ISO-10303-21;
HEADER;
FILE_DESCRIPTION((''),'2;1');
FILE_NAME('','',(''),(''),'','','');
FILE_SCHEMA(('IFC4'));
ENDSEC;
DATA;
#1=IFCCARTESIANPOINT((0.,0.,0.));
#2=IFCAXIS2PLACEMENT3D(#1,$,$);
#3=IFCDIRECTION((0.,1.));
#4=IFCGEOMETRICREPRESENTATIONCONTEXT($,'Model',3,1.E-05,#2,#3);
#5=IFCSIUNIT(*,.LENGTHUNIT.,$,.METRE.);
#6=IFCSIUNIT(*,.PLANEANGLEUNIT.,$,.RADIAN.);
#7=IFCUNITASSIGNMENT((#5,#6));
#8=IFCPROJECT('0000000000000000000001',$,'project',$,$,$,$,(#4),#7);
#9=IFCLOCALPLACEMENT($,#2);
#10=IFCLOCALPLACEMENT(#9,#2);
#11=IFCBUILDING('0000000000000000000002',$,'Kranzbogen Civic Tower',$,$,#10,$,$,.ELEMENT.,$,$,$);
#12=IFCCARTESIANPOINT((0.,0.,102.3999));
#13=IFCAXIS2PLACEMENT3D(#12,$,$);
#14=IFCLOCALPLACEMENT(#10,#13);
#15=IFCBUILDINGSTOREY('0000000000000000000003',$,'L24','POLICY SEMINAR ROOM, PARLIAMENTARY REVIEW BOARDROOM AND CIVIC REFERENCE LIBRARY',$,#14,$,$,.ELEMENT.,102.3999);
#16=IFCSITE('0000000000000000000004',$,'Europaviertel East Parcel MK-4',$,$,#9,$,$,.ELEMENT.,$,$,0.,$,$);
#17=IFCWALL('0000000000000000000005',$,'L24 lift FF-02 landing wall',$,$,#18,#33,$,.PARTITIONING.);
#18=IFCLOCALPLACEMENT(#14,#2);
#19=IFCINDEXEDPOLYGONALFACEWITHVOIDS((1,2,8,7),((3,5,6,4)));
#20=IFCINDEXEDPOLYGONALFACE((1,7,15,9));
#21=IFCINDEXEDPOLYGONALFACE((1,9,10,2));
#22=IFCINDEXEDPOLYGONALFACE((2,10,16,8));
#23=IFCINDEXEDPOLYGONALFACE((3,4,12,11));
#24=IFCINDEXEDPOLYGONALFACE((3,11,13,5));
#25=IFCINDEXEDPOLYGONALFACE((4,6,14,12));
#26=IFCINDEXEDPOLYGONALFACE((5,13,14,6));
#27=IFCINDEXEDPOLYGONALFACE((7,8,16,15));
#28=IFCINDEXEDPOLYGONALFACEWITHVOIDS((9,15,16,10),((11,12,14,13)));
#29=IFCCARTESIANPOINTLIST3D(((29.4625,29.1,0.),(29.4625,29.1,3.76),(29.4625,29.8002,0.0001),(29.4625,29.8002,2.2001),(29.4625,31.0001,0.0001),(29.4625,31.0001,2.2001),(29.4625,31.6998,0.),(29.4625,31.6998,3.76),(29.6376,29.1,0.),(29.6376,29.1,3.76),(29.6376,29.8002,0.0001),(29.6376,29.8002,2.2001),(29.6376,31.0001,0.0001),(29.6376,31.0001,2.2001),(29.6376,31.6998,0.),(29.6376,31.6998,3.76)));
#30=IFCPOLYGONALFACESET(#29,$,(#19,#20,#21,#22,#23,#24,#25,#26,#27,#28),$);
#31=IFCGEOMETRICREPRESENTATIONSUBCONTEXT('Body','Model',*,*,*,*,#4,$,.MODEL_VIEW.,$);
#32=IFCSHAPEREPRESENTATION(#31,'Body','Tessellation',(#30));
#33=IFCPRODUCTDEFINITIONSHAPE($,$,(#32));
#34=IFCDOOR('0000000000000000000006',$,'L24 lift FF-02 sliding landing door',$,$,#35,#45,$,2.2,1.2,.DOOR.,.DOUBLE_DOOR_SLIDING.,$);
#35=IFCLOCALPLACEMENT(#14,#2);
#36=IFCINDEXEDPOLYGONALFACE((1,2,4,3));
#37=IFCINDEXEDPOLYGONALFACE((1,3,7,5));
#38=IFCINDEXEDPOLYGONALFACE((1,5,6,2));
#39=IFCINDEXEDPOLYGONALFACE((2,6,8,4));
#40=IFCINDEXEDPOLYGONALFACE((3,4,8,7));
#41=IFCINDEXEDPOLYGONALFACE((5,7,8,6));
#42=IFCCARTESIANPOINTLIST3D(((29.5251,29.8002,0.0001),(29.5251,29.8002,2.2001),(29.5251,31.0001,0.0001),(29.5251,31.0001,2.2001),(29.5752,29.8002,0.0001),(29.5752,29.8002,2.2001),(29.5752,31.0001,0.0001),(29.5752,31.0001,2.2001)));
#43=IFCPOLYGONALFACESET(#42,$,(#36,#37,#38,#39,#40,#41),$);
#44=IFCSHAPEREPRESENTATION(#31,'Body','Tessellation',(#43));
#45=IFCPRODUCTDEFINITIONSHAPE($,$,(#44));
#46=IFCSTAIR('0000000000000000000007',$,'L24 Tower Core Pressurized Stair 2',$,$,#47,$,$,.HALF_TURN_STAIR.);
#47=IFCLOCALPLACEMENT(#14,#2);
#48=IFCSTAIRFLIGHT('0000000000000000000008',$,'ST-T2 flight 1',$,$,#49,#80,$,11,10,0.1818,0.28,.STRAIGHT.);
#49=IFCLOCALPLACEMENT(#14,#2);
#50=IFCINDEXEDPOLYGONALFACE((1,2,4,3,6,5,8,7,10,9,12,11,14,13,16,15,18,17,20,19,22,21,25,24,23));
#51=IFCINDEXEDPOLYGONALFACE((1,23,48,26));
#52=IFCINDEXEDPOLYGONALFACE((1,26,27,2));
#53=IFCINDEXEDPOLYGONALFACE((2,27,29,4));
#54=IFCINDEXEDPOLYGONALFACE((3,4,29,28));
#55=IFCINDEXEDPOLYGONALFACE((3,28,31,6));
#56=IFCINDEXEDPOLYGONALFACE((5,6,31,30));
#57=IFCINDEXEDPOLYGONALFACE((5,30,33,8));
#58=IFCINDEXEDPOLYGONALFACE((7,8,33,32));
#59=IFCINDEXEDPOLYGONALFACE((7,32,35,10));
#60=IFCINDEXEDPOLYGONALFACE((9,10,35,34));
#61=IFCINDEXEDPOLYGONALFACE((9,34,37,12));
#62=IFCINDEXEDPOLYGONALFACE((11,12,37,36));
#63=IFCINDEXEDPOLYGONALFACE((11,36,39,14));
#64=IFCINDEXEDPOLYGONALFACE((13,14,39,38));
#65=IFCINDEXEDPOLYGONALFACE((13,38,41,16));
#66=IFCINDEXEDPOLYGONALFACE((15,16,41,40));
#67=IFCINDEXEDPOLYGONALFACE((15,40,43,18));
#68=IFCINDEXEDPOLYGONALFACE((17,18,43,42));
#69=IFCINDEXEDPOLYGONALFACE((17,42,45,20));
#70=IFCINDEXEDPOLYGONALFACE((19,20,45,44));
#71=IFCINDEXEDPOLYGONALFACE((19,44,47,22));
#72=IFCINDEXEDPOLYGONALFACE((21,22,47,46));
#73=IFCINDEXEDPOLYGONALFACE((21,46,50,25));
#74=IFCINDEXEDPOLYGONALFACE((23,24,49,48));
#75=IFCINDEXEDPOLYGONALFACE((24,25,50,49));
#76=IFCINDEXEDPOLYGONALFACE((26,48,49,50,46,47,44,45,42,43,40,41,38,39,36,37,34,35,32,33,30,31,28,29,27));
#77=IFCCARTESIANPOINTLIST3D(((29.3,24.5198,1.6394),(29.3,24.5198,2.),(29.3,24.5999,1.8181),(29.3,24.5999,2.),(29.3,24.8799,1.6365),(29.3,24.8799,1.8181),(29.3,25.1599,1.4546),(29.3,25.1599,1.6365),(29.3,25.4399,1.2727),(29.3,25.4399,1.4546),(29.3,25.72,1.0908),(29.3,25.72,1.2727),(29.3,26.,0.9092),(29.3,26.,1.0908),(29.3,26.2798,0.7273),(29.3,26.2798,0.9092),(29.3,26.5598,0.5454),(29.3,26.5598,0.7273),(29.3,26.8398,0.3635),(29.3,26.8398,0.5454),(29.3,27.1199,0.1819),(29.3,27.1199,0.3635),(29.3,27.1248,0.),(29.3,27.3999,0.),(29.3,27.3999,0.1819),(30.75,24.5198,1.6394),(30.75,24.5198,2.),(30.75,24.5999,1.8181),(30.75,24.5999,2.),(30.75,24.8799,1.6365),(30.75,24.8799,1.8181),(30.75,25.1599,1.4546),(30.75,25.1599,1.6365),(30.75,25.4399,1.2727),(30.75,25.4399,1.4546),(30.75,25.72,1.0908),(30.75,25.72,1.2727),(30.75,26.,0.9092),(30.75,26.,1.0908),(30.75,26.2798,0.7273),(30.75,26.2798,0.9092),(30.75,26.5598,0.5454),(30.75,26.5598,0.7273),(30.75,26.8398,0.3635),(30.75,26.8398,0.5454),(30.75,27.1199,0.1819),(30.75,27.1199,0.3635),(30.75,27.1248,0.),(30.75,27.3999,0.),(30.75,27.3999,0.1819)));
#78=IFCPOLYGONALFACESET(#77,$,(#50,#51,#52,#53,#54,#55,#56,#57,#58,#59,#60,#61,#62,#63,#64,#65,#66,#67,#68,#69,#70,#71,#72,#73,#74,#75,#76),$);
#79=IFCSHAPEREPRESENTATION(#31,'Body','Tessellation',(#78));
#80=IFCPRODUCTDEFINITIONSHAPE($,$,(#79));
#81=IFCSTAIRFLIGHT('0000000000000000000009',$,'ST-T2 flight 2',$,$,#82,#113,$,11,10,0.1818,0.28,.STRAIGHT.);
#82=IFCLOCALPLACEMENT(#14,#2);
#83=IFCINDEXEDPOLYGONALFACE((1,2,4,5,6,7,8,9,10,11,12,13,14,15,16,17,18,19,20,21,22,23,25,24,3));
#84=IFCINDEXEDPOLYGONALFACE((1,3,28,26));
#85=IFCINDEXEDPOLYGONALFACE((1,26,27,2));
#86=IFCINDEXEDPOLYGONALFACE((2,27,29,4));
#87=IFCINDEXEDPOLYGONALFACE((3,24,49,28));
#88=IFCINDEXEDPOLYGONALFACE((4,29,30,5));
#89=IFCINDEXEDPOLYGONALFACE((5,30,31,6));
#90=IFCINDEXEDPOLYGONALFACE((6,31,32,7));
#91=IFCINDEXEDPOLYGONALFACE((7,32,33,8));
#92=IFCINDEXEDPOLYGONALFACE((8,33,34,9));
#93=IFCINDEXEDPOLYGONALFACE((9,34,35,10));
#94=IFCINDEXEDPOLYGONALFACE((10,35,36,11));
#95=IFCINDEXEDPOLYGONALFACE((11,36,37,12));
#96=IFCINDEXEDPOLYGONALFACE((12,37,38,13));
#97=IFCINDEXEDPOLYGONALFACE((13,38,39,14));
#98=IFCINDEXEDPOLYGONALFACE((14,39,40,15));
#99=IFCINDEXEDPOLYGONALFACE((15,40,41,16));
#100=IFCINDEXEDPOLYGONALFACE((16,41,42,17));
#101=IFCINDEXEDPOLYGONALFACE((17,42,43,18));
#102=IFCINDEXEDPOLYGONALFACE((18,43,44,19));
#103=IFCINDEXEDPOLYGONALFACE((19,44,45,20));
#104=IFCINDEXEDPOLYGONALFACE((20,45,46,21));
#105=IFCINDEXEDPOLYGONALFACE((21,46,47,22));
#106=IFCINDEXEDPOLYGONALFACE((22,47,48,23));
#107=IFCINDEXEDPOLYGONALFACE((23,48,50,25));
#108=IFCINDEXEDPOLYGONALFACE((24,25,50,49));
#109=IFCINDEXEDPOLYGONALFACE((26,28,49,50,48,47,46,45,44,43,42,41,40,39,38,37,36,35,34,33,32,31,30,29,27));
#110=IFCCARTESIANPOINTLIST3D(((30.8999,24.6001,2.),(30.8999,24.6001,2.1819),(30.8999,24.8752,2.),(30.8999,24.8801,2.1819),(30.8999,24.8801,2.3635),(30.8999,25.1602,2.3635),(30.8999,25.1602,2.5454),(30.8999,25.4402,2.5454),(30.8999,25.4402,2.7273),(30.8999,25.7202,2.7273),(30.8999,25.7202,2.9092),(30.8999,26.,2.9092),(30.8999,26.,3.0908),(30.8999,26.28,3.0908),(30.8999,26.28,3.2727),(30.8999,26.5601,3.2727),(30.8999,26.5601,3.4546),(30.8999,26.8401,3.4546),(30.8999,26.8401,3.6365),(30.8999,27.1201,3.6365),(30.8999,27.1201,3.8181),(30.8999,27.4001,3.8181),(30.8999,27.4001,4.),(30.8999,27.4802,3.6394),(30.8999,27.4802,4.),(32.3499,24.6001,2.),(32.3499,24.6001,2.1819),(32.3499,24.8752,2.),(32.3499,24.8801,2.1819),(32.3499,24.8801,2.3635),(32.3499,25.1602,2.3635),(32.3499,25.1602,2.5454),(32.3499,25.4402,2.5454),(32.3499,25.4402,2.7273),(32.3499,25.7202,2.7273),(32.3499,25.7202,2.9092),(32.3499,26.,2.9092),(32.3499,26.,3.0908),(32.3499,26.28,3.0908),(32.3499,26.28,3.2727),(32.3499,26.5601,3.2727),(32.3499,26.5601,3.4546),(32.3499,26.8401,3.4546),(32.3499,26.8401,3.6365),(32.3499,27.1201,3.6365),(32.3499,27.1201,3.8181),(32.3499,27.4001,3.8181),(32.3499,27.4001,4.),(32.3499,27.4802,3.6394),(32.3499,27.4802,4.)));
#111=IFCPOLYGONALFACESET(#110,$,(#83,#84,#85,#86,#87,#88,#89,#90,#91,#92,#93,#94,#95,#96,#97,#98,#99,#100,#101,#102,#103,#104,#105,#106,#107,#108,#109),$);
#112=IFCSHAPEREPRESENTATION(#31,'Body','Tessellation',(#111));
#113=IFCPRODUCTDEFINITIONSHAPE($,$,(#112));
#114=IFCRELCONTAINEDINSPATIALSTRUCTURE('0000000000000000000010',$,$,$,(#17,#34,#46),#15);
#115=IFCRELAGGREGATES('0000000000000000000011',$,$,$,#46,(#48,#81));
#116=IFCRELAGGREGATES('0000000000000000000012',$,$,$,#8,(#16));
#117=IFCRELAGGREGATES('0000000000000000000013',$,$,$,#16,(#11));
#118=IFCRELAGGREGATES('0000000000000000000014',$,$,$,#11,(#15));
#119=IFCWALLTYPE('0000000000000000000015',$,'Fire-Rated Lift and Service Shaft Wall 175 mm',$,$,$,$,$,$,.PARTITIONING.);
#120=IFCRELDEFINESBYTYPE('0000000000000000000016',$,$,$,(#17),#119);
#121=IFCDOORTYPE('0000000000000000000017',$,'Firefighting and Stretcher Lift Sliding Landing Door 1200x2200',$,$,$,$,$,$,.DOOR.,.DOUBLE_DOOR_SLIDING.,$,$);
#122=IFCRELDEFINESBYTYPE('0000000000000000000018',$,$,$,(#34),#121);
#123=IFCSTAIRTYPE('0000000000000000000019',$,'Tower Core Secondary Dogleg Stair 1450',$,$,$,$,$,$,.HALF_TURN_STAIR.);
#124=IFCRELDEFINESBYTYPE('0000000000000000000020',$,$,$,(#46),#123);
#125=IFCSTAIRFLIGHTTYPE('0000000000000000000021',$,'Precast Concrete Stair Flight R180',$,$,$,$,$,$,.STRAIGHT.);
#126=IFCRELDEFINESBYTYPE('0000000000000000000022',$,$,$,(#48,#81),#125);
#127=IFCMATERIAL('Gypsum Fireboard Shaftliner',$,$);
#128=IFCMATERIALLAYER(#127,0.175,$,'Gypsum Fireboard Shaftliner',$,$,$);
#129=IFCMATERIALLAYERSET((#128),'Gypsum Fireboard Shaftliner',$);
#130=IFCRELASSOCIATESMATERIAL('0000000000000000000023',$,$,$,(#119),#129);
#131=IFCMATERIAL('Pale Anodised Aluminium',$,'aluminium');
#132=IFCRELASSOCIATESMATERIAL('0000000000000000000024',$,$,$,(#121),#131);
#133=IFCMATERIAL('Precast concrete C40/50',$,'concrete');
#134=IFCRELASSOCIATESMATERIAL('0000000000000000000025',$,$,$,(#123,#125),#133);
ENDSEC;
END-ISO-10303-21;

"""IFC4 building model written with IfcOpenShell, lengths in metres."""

from ifc_helpers import new_model, si_unit, direction, frame, frame_2d, origin, place, context, subcontext, project, spatial, polyline, rectangle, outline, extrude, material, layer, layer_set, type_object, element, fill, aggregate, save


model = new_model("IFC4")

# Units and contexts
model_context = context("Model", 3, precision=1e-05, world=origin(), true_north=direction((0.0, 1.0)))
body_context = subcontext(model_context, "Body", "Model", "MODEL_VIEW")
ifc_project = project(units=[si_unit("LENGTHUNIT", "METRE"), si_unit("PLANEANGLEUNIT", "RADIAN")], contexts=[model_context])

# Site, building, storey
site_placement = place(None, origin())
site = spatial("IfcSite", under=ifc_project, at=site_placement, Name="Europaviertel East Parcel MK-4", CompositionType="ELEMENT", RefElevation=0.0)
building_placement = place(site_placement, origin())
building = spatial("IfcBuilding", under=site, at=building_placement, Name="Kranzbogen Civic Tower", CompositionType="ELEMENT")
storey_placement = place(building_placement, frame((0.0, 0.0, 102.3999)))
storey = spatial("IfcBuildingStorey", under=building, at=storey_placement, Name="L24", Description="POLICY SEMINAR ROOM, PARLIAMENTARY REVIEW BOARDROOM AND CIVIC REFERENCE LIBRARY", CompositionType="ELEMENT", Elevation=102.3999)

# Shared definitions
ifc_material_1 = material(Name="Gypsum Fireboard Shaftliner")
ifc_layer_1 = layer(ifc_material_1, 0.175, Name="Gypsum Fireboard Shaftliner")
ifc_layer_set_1 = layer_set([ifc_layer_1], Name="Gypsum Fireboard Shaftliner")
wall_type_1 = type_object("IfcWallType", Name="Fire-Rated Lift and Service Shaft Wall 175 mm", PredefinedType="PARTITIONING", material=ifc_layer_set_1)

# Wall, opening, door
wall_1_placement = place(storey_placement, frame((29.55, 29.1001, 0.0), z_axis=(0.0, 0.0, 1.0), x_axis=(0.0, 1.0, 0.0)))
wall_1 = element("IfcWall", 1, at=wall_1_placement, inside=storey, type_object=wall_type_1, Name="L24 lift FF-02 landing wall", PredefinedType="PARTITIONING", context=body_context, shape_type="SweptSolid", body=[
    extrude(rectangle(XDim=2.5999, YDim=0.175, at=frame_2d((1.2998, 0.0))), origin(), (0.0, 0.0, 1.0), 3.76),
])
opening_1_placement = place(wall_1_placement, frame((0.7, 0.0, 0.0)))
opening_1 = element("IfcOpeningElement", 2, at=opening_1_placement, cuts=wall_1, PredefinedType="OPENING", context=body_context, shape_type="SweptSolid", body=[
    extrude(rectangle(XDim=1.2, YDim=2.2, at=frame_2d((0.6001, 1.1001))), frame((0.0, 0.0977, 0.0), z_axis=(0.0, -1.0, 0.0), x_axis=(1.0, 0.0, 0.0)), (0.0, 0.0, 1.0), 0.1951),
])
ifc_material_2 = material(Name="Pale Anodised Aluminium", Category="aluminium")
door_type_1 = type_object("IfcDoorType", Name="Firefighting and Stretcher Lift Sliding Landing Door 1200x2200", OperationType="DOUBLE_DOOR_SLIDING", PredefinedType="DOOR", material=ifc_material_2)
door_1_placement = place(opening_1_placement, origin())
door_1 = element("IfcDoor", 3, at=door_1_placement, inside=storey, type_object=door_type_1, Name="L24 lift FF-02 sliding landing door", OperationType="DOUBLE_DOOR_SLIDING", OverallHeight=2.2, OverallWidth=1.2, PredefinedType="DOOR", context=body_context, shape_type="SweptSolid", body=[
    extrude(rectangle(XDim=1.2, YDim=2.2, at=frame_2d((0.6001, 1.1001))), frame((0.0, 0.0249, 0.0), z_axis=(0.0, -1.0, 0.0), x_axis=(1.0, 0.0, 0.0)), (0.0, 0.0, 1.0), 0.05),
])
fill(opening_1, door_1)

# Stair, stair flights
ifc_material_3 = material(Name="Precast concrete C40/50", Category="concrete")
stair_type = type_object("IfcStairType", Name="Tower Core Secondary Dogleg Stair 1450", PredefinedType="HALF_TURN_STAIR", material=ifc_material_3)
stair_placement = place(storey_placement, origin())
stair = element("IfcStair", 4, at=stair_placement, inside=storey, type_object=stair_type, Name="L24 Tower Core Pressurized Stair 2", PredefinedType="HALF_TURN_STAIR")
stair_flight_type = type_object("IfcStairFlightType", Name="Precast Concrete Stair Flight R180", PredefinedType="STRAIGHT", material=ifc_material_3)
stair_flight_1_placement = place(storey_placement, frame((30.0249, 27.3999, 0.0), z_axis=(0.0, 0.0, 1.0), x_axis=(0.0, -1.0, 0.0)))
stair_flight_1 = element("IfcStairFlight", 5, at=stair_flight_1_placement, type_object=stair_flight_type, Name="ST-T2 flight 1", NumberOfRisers=11, NumberOfTreads=10, PredefinedType="STRAIGHT", RiserHeight=0.1818, TreadLength=0.28, context=body_context, shape_type="SweptSolid", body=[
    extrude(outline(polyline([(0.0, 0.0), (0.0, 0.1819), (0.28, 0.1819), (0.28, 0.3635), (0.5601, 0.3635), (0.5601, 0.5454), (0.8401, 0.5454), (0.8401, 0.7273), (1.1201, 0.7273), (1.1201, 0.9092), (1.3999, 0.9092), (1.3999, 1.0908), (1.6799, 1.0908), (1.6799, 1.2727), (1.96, 1.2727), (1.96, 1.4546), (2.24, 1.4546), (2.24, 1.6365), (2.52, 1.6365), (2.52, 1.8181), (2.8, 1.8181), (2.8, 2.0), (2.8801, 2.0), (2.8801, 1.6394), (0.2751, 0.0), (0.0, 0.0)])), frame((0.0, 0.7251, 0.0), z_axis=(0.0, -1.0, 0.0), x_axis=(1.0, 0.0, 0.0)), (0.0, 0.0, 1.0), 1.45),
])
stair_flight_2_placement = place(storey_placement, frame((31.625, 24.6001, 2.0), z_axis=(0.0, 0.0, 1.0), x_axis=(0.0, 1.0, 0.0)))
stair_flight_2 = element("IfcStairFlight", 6, at=stair_flight_2_placement, type_object=stair_flight_type, Name="ST-T2 flight 2", NumberOfRisers=11, NumberOfTreads=10, PredefinedType="STRAIGHT", RiserHeight=0.1818, TreadLength=0.28, context=body_context, shape_type="SweptSolid", body=[
    extrude(outline(polyline([(0.0, 0.0), (0.0, 0.1819), (0.28, 0.1819), (0.28, 0.3635), (0.5601, 0.3635), (0.5601, 0.5454), (0.8401, 0.5454), (0.8401, 0.7273), (1.1201, 0.7273), (1.1201, 0.9092), (1.3999, 0.9092), (1.3999, 1.0908), (1.6799, 1.0908), (1.6799, 1.2727), (1.96, 1.2727), (1.96, 1.4546), (2.24, 1.4546), (2.24, 1.6365), (2.52, 1.6365), (2.52, 1.8181), (2.8, 1.8181), (2.8, 2.0), (2.8801, 2.0), (2.8801, 1.6394), (0.2751, 0.0), (0.0, 0.0)])), frame((0.0, 0.7251, 0.0), z_axis=(0.0, -1.0, 0.0), x_axis=(1.0, 0.0, 0.0)), (0.0, 0.0, 1.0), 1.45),
])
aggregate(stair, [stair_flight_1, stair_flight_2])

save(model, "model.ifc")
